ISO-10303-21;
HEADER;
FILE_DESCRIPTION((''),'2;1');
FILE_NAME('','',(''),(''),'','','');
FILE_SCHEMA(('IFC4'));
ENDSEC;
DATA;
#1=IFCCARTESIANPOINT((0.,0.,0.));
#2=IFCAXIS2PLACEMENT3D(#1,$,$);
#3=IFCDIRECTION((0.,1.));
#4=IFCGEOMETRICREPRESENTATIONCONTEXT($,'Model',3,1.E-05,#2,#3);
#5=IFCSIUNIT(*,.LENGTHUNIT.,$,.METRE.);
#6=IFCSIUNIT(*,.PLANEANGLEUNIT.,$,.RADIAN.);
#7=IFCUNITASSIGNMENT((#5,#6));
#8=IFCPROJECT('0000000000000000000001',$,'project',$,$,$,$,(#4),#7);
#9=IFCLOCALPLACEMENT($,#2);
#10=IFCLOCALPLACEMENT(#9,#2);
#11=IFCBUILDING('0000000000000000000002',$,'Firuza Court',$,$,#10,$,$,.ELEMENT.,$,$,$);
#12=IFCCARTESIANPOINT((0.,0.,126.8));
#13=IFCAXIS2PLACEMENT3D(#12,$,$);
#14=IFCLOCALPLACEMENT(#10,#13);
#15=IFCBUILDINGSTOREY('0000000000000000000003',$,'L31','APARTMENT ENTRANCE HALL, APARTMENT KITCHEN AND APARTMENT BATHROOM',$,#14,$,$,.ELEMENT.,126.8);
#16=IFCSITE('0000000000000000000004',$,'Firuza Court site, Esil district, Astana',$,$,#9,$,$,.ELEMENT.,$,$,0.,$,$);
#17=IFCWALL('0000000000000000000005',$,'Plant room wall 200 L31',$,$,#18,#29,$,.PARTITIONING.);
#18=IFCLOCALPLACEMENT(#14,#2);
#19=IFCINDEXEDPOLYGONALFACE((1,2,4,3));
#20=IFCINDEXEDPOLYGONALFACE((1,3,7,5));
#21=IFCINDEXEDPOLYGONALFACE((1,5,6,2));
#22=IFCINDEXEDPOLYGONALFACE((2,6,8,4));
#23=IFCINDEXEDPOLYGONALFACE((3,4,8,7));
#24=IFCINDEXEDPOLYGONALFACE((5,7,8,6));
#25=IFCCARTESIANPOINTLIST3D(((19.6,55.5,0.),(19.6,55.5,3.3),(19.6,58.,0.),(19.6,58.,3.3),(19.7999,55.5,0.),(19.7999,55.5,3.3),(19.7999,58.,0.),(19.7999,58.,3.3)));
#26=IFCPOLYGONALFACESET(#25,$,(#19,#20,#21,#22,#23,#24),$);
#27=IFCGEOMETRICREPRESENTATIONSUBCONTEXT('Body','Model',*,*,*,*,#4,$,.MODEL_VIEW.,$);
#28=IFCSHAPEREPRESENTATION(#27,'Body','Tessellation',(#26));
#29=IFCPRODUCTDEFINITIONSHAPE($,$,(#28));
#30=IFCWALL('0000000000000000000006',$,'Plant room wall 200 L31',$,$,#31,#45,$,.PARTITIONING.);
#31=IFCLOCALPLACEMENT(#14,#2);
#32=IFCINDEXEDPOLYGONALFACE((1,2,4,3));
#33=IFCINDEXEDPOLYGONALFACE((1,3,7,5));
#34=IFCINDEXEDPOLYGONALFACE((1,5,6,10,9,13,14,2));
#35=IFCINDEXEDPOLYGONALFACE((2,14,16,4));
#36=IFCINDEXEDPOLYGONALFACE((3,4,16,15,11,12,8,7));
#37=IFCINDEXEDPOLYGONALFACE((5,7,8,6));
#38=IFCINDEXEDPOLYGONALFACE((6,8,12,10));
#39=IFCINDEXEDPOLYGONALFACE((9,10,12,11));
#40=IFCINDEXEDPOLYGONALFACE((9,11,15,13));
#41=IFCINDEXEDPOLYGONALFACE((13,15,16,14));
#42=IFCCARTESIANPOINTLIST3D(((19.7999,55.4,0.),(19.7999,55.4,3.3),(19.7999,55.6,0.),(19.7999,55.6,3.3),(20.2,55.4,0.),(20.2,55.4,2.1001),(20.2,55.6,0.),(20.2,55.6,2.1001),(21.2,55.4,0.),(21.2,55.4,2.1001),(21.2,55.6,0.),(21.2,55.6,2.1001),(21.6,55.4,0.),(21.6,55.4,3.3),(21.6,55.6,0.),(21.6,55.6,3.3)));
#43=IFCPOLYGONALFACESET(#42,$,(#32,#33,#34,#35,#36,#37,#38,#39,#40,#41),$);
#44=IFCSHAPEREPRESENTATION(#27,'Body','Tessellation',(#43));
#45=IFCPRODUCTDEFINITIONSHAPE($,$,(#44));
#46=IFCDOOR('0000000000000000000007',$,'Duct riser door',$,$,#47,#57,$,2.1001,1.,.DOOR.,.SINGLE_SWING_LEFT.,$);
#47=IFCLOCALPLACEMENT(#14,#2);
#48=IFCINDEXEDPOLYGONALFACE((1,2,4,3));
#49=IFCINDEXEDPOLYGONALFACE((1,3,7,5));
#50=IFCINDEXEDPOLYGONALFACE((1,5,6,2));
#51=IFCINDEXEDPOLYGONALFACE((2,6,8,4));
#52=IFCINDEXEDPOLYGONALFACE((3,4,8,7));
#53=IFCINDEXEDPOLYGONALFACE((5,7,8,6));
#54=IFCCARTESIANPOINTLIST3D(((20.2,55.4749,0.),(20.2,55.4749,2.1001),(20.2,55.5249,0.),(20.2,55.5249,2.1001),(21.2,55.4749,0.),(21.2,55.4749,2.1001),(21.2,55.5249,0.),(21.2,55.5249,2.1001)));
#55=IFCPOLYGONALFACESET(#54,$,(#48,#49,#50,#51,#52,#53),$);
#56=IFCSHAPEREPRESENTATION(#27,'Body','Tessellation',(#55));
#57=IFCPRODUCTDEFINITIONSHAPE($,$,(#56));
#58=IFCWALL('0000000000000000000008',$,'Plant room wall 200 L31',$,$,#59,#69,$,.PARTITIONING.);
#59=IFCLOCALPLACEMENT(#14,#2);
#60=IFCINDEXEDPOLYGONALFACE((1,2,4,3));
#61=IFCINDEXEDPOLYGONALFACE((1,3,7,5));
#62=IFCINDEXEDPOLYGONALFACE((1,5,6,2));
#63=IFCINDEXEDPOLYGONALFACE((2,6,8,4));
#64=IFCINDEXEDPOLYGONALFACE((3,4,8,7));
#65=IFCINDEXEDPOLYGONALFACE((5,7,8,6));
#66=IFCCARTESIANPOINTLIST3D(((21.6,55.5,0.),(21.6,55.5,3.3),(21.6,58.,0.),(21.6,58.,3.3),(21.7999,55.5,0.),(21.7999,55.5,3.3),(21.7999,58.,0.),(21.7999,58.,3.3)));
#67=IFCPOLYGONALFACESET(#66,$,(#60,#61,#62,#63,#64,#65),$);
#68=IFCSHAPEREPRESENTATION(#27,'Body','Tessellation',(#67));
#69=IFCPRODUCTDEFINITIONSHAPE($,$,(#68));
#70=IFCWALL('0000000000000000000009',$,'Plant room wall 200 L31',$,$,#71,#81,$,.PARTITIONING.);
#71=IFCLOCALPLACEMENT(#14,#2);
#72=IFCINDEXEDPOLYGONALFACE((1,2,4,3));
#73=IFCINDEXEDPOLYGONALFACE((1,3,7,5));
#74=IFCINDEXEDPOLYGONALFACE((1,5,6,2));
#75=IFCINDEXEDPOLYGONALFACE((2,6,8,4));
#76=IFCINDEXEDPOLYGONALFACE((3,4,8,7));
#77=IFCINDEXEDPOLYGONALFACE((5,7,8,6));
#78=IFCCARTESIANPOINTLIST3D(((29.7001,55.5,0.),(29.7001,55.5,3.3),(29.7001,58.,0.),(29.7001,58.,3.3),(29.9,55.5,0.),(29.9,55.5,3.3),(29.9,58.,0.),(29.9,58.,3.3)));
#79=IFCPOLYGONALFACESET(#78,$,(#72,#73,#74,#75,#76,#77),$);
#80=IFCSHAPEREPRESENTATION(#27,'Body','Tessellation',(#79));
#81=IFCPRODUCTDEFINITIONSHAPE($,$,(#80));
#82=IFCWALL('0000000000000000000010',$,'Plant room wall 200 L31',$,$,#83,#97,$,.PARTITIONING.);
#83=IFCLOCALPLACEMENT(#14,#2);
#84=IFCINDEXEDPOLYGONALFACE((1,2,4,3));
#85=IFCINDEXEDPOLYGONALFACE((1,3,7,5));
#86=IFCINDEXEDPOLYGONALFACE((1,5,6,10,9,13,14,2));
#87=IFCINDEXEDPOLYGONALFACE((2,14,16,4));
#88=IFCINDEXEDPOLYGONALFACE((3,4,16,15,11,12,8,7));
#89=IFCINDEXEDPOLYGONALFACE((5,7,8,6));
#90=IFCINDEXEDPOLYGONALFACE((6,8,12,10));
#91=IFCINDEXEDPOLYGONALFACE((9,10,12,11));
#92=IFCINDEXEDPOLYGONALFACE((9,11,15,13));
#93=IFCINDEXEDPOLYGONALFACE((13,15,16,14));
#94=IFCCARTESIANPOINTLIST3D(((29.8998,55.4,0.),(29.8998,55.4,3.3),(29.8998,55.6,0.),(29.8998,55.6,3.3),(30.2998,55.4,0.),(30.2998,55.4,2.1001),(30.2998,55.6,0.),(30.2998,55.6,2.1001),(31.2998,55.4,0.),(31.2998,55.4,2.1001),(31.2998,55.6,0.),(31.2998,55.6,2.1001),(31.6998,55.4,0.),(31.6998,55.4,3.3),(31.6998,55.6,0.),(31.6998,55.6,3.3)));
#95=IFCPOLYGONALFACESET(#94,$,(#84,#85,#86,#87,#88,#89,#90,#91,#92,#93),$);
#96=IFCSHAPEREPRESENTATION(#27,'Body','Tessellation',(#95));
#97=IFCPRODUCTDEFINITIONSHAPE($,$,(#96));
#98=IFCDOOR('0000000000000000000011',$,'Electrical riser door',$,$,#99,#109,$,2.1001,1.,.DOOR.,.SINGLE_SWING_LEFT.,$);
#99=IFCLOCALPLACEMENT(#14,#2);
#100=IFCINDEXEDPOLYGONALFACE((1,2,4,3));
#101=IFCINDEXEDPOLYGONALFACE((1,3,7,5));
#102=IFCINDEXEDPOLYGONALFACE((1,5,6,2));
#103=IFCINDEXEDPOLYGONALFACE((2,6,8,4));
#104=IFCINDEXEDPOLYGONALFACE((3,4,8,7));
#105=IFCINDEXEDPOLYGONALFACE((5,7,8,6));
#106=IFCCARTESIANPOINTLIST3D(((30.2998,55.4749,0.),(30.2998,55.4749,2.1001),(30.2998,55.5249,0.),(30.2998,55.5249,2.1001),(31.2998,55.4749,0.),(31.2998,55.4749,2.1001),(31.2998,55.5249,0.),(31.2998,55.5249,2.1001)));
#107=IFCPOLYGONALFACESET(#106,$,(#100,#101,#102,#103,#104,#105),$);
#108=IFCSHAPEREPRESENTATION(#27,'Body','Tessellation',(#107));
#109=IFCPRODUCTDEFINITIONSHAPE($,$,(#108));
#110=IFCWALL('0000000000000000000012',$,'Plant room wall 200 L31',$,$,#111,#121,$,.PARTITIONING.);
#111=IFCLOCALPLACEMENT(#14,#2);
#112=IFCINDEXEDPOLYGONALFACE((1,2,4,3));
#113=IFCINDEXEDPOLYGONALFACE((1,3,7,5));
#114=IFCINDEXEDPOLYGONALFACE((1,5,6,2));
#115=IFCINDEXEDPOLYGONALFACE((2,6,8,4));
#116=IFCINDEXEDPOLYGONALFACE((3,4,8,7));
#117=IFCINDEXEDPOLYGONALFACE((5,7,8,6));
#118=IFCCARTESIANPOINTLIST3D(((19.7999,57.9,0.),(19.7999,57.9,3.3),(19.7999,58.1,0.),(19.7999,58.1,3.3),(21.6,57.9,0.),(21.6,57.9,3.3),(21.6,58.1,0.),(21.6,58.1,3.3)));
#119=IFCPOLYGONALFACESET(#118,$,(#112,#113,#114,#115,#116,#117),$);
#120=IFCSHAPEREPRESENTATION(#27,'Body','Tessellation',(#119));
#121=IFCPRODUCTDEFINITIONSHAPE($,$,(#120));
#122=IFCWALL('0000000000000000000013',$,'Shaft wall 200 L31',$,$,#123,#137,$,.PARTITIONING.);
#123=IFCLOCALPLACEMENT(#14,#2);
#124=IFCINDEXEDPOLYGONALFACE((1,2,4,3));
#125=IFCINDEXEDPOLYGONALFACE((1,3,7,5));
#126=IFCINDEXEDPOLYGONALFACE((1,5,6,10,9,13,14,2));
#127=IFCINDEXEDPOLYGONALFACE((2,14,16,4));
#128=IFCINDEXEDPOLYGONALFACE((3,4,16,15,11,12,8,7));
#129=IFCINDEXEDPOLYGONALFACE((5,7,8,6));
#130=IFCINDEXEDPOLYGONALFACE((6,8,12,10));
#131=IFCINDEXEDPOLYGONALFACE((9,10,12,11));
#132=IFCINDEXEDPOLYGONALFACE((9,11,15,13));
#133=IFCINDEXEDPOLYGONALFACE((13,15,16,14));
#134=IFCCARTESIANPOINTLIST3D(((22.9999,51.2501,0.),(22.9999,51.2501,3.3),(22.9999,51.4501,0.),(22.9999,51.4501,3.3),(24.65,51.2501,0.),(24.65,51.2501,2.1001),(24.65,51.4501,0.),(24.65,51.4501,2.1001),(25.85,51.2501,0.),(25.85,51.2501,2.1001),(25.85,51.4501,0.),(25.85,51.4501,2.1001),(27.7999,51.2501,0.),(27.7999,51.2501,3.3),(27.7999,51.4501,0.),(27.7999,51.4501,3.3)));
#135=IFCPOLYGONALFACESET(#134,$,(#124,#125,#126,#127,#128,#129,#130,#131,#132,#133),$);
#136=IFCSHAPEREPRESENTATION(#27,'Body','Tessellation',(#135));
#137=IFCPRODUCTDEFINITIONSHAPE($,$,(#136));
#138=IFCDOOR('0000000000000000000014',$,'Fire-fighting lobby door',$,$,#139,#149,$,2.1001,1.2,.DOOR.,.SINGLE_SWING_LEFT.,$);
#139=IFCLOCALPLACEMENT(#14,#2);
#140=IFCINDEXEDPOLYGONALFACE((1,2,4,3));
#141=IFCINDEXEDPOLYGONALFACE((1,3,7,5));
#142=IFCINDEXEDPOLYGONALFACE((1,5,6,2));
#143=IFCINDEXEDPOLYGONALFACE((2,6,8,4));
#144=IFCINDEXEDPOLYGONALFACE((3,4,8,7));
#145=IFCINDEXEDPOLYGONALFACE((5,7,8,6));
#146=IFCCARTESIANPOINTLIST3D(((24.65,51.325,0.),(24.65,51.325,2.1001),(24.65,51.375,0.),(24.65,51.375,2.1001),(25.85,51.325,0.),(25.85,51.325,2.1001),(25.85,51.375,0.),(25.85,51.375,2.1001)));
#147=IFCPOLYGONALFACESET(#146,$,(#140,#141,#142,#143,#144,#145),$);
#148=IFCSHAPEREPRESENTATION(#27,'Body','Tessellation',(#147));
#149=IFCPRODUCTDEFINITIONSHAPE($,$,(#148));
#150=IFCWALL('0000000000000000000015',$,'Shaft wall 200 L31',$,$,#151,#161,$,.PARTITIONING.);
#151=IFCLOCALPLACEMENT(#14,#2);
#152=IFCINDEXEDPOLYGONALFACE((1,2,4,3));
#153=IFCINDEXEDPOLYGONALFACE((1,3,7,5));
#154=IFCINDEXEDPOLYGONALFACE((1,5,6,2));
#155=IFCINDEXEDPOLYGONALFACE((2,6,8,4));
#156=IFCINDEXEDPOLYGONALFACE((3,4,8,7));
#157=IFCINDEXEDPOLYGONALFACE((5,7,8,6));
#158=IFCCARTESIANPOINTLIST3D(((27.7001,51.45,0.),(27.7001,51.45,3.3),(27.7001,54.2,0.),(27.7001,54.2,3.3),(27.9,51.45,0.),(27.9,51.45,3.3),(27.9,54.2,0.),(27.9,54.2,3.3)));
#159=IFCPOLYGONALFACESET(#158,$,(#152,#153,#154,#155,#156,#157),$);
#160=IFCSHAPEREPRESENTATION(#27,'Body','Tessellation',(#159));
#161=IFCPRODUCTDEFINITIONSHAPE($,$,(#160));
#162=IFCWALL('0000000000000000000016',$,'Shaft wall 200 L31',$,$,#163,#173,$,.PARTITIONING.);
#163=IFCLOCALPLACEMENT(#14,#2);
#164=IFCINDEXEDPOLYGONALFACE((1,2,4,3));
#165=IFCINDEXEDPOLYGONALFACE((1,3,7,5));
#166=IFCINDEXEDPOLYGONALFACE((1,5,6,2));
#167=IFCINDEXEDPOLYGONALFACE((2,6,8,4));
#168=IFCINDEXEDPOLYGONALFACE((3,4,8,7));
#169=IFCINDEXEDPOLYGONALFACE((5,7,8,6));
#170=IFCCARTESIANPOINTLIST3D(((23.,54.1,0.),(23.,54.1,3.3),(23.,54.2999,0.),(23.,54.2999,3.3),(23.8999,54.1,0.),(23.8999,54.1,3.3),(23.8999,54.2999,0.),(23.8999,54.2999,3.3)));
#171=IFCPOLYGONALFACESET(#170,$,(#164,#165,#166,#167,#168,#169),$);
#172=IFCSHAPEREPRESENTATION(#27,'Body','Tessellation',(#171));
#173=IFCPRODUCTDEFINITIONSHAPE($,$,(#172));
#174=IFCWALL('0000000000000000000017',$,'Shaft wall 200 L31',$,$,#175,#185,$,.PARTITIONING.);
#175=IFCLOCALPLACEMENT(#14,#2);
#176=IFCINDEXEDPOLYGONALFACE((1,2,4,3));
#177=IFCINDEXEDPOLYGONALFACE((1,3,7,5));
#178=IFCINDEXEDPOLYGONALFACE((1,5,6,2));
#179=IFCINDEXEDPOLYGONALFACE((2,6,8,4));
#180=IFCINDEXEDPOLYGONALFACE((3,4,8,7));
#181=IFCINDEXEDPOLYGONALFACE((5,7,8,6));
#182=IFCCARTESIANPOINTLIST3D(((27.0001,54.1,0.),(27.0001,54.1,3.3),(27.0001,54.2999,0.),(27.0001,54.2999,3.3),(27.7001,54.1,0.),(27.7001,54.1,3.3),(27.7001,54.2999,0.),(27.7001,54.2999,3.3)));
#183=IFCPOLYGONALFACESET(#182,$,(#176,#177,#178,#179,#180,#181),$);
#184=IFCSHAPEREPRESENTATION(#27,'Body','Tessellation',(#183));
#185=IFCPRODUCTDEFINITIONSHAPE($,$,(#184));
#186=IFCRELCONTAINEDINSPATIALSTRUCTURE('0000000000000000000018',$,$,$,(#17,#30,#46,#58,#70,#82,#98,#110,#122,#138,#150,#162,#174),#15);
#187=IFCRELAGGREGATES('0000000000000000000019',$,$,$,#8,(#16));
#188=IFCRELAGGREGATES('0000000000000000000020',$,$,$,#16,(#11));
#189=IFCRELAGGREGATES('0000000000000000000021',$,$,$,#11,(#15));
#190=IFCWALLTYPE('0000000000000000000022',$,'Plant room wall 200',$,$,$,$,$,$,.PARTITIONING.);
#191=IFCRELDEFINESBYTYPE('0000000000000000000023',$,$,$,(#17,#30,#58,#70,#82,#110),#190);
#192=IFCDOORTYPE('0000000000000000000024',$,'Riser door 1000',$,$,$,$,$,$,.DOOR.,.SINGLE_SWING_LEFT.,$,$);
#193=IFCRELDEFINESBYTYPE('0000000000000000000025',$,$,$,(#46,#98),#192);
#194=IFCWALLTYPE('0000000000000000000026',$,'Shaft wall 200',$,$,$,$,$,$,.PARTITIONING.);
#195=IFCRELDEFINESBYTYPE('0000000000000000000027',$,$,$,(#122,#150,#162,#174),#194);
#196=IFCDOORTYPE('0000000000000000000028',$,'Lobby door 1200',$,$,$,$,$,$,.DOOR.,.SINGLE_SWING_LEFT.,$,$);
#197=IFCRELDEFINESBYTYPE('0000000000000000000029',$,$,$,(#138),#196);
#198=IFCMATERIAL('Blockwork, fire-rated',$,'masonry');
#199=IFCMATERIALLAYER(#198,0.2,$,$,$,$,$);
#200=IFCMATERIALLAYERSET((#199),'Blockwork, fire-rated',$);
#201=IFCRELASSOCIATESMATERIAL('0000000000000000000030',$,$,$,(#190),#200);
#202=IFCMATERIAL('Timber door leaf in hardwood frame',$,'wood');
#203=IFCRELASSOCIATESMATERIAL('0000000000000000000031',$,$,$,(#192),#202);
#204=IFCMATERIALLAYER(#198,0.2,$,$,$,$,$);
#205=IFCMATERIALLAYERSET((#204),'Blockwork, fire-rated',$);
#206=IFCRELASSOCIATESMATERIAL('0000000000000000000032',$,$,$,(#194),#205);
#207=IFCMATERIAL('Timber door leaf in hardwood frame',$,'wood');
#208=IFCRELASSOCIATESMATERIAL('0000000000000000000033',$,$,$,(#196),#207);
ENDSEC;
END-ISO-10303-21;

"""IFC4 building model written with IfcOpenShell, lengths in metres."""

from ifc_helpers import new_model, si_unit, direction, frame, frame_2d, origin, place, context, subcontext, project, spatial, rectangle, extrude, material, layer, layer_set, type_object, element, fill, save


model = new_model("IFC4")

# Units and contexts
model_context = context("Model", 3, precision=1e-05, world=origin(), true_north=direction((0.0, 1.0)))
body_context = subcontext(model_context, "Body", "Model", "MODEL_VIEW")
ifc_project = project(units=[si_unit("LENGTHUNIT", "METRE"), si_unit("PLANEANGLEUNIT", "RADIAN")], contexts=[model_context])

# Site, building, storey
site_placement = place(None, origin())
site = spatial("IfcSite", under=ifc_project, at=site_placement, Name="Firuza Court site, Esil district, Astana", CompositionType="ELEMENT", RefElevation=0.0)
building_placement = place(site_placement, origin())
building = spatial("IfcBuilding", under=site, at=building_placement, Name="Firuza Court", CompositionType="ELEMENT")
storey_placement = place(building_placement, frame((0.0, 0.0, 126.8)))
storey = spatial("IfcBuildingStorey", under=building, at=storey_placement, Name="L31", Description="APARTMENT ENTRANCE HALL, APARTMENT KITCHEN AND APARTMENT BATHROOM", CompositionType="ELEMENT", Elevation=126.8)

# Wall
ifc_material_1 = material(Name="Blockwork, fire-rated", Category="masonry")
ifc_layer_1 = layer(ifc_material_1, 0.2)
ifc_layer_set_1 = layer_set([ifc_layer_1], Name="Blockwork, fire-rated")
wall_type_1 = type_object("IfcWallType", Name="Plant room wall 200", PredefinedType="PARTITIONING", material=ifc_layer_set_1)
wall_1_placement = place(storey_placement, frame((19.7, 55.5, 0.0), z_axis=(0.0, 0.0, 1.0), x_axis=(0.0, 1.0, 0.0)))
element("IfcWall", 1, at=wall_1_placement, inside=storey, type_object=wall_type_1, Name="Plant room wall 200 L31", PredefinedType="PARTITIONING", context=body_context, shape_type="SweptSolid", body=[
    extrude(rectangle(XDim=2.5, YDim=0.2, at=frame_2d((1.25, 0.0))), origin(), (0.0, 0.0, 1.0), 3.3),
])

# Wall, opening, door
wall_2_placement = place(storey_placement, frame((19.8, 55.5, 0.0), z_axis=(0.0, 0.0, 1.0), x_axis=(1.0, 0.0, 0.0)))
wall_2 = element("IfcWall", 2, at=wall_2_placement, inside=storey, type_object=wall_type_1, Name="Plant room wall 200 L31", PredefinedType="PARTITIONING", context=body_context, shape_type="SweptSolid", body=[
    extrude(rectangle(XDim=1.8, YDim=0.2, at=frame_2d((0.8999, 0.0))), origin(), (0.0, 0.0, 1.0), 3.3),
])
opening_1_placement = place(wall_2_placement, frame((0.3999, 0.0, 0.0)))
opening_1 = element("IfcOpeningElement", 3, at=opening_1_placement, cuts=wall_2, PredefinedType="OPENING", context=body_context, shape_type="SweptSolid", body=[
    extrude(rectangle(XDim=1.0, YDim=2.1001, at=frame_2d((0.5, 1.05))), frame((0.0, 0.1118, 0.0), z_axis=(0.0, -1.0, 0.0), x_axis=(1.0, 0.0, 0.0)), (0.0, 0.0, 1.0), 0.2239),
])
ifc_material_2 = material(Name="Timber door leaf in hardwood frame", Category="wood")
door_type_1 = type_object("IfcDoorType", Name="Riser door 1000", OperationType="SINGLE_SWING_LEFT", PredefinedType="DOOR", material=ifc_material_2)
door_1_placement = place(opening_1_placement, origin())
door_1 = element("IfcDoor", 4, at=door_1_placement, inside=storey, type_object=door_type_1, Name="Duct riser door", OperationType="SINGLE_SWING_LEFT", OverallHeight=2.1001, OverallWidth=1.0, PredefinedType="DOOR", context=body_context, shape_type="SweptSolid", body=[
    extrude(rectangle(XDim=1.0, YDim=2.1001, at=frame_2d((0.5, 1.05))), frame((0.0, 0.0249, 0.0), z_axis=(0.0, -1.0, 0.0), x_axis=(1.0, 0.0, 0.0)), (0.0, 0.0, 1.0), 0.05),
])
fill(opening_1, door_1)

# Walls
for number, where, z_axis, x_axis, name in (
    (5, (21.7, 55.5, 0.0), (0.0, 0.0, 1.0), (0.0, 1.0, 0.0), "Plant room wall 200 L31"),
    (6, (29.8, 55.5, 0.0), (0.0, 0.0, 1.0), (0.0, 1.0, 0.0), "Plant room wall 200 L31"),
):
    element("IfcWall", number, at=place(storey_placement, frame(where, z_axis=z_axis, x_axis=x_axis)), inside=storey, type_object=wall_type_1, Name=name, PredefinedType="PARTITIONING", context=body_context, shape_type="SweptSolid", body=[
        extrude(rectangle(XDim=2.5, YDim=0.2, at=frame_2d((1.25, 0.0))), origin(), (0.0, 0.0, 1.0), 3.3),
    ])

# Wall, opening, door
wall_3_placement = place(storey_placement, frame((29.8999, 55.5, 0.0), z_axis=(0.0, 0.0, 1.0), x_axis=(1.0, 0.0, 0.0)))
wall_3 = element("IfcWall", 7, at=wall_3_placement, inside=storey, type_object=wall_type_1, Name="Plant room wall 200 L31", PredefinedType="PARTITIONING", context=body_context, shape_type="SweptSolid", body=[
    extrude(rectangle(XDim=1.8, YDim=0.2, at=frame_2d((0.8999, 0.0))), origin(), (0.0, 0.0, 1.0), 3.3),
])
opening_2_placement = place(wall_3_placement, frame((0.3999, 0.0, 0.0)))
opening_2 = element("IfcOpeningElement", 8, at=opening_2_placement, cuts=wall_3, PredefinedType="OPENING", context=body_context, shape_type="SweptSolid", body=[
    extrude(rectangle(XDim=1.0, YDim=2.1001, at=frame_2d((0.5, 1.05))), frame((0.0, 0.1118, 0.0), z_axis=(0.0, -1.0, 0.0), x_axis=(1.0, 0.0, 0.0)), (0.0, 0.0, 1.0), 0.2239),
])
door_2_placement = place(opening_2_placement, origin())
door_2 = element("IfcDoor", 9, at=door_2_placement, inside=storey, type_object=door_type_1, Name="Electrical riser door", OperationType="SINGLE_SWING_LEFT", OverallHeight=2.1001, OverallWidth=1.0, PredefinedType="DOOR", context=body_context, shape_type="SweptSolid", body=[
    extrude(rectangle(XDim=1.0, YDim=2.1001, at=frame_2d((0.5, 1.05))), frame((0.0, 0.0249, 0.0), z_axis=(0.0, -1.0, 0.0), x_axis=(1.0, 0.0, 0.0)), (0.0, 0.0, 1.0), 0.05),
])
fill(opening_2, door_2)

# Wall
wall_4_placement = place(storey_placement, frame((19.8, 58.0, 0.0), z_axis=(0.0, 0.0, 1.0), x_axis=(1.0, 0.0, 0.0)))
element("IfcWall", 10, at=wall_4_placement, inside=storey, type_object=wall_type_1, Name="Plant room wall 200 L31", PredefinedType="PARTITIONING", context=body_context, shape_type="SweptSolid", body=[
    extrude(rectangle(XDim=1.8, YDim=0.2, at=frame_2d((0.8999, 0.0))), origin(), (0.0, 0.0, 1.0), 3.3),
])

# Wall, opening, door
ifc_layer_2 = layer(ifc_material_1, 0.2)
ifc_layer_set_2 = layer_set([ifc_layer_2], Name="Blockwork, fire-rated")
wall_type_2 = type_object("IfcWallType", Name="Shaft wall 200", PredefinedType="PARTITIONING", material=ifc_layer_set_2)
wall_5_placement = place(storey_placement, frame((23.0, 51.3501, 0.0), z_axis=(0.0, 0.0, 1.0), x_axis=(1.0, 0.0, 0.0)))
wall_5 = element("IfcWall", 11, at=wall_5_placement, inside=storey, type_object=wall_type_2, Name="Shaft wall 200 L31", PredefinedType="PARTITIONING", context=body_context, shape_type="SweptSolid", body=[
    extrude(rectangle(XDim=4.8, YDim=0.2, at=frame_2d((2.3999, 0.0))), origin(), (0.0, 0.0, 1.0), 3.3),
])
opening_3_placement = place(wall_5_placement, frame((1.6499, 0.0, 0.0)))
opening_3 = element("IfcOpeningElement", 12, at=opening_3_placement, cuts=wall_5, PredefinedType="OPENING", context=body_context, shape_type="SweptSolid", body=[
    extrude(rectangle(XDim=1.2, YDim=2.1001, at=frame_2d((0.6001, 1.05))), frame((0.0, 0.1118, 0.0), z_axis=(0.0, -1.0, 0.0), x_axis=(1.0, 0.0, 0.0)), (0.0, 0.0, 1.0), 0.2239),
])
ifc_material_3 = material(Name="Timber door leaf in hardwood frame", Category="wood")
door_type_2 = type_object("IfcDoorType", Name="Lobby door 1200", OperationType="SINGLE_SWING_LEFT", PredefinedType="DOOR", material=ifc_material_3)
door_3_placement = place(opening_3_placement, origin())
door_3 = element("IfcDoor", 13, at=door_3_placement, inside=storey, type_object=door_type_2, Name="Fire-fighting lobby door", OperationType="SINGLE_SWING_LEFT", OverallHeight=2.1001, OverallWidth=1.2, PredefinedType="DOOR", context=body_context, shape_type="SweptSolid", body=[
    extrude(rectangle(XDim=1.2, YDim=2.1001, at=frame_2d((0.6001, 1.05))), frame((0.0, 0.0249, 0.0), z_axis=(0.0, -1.0, 0.0), x_axis=(1.0, 0.0, 0.0)), (0.0, 0.0, 1.0), 0.05),
])
fill(opening_3, door_3)

# Walls
wall_6_placement = place(storey_placement, frame((27.8, 51.45, 0.0), z_axis=(0.0, 0.0, 1.0), x_axis=(0.0, 1.0, 0.0)))
element("IfcWall", 14, at=wall_6_placement, inside=storey, type_object=wall_type_2, Name="Shaft wall 200 L31", PredefinedType="PARTITIONING", context=body_context, shape_type="SweptSolid", body=[
    extrude(rectangle(XDim=2.75, YDim=0.2, at=frame_2d((1.375, 0.0))), origin(), (0.0, 0.0, 1.0), 3.3),
])
wall_7_placement = place(storey_placement, frame((23.0, 54.2, 0.0), z_axis=(0.0, 0.0, 1.0), x_axis=(1.0, 0.0, 0.0)))
element("IfcWall", 15, at=wall_7_placement, inside=storey, type_object=wall_type_2, Name="Shaft wall 200 L31", PredefinedType="PARTITIONING", context=body_context, shape_type="SweptSolid", body=[
    extrude(rectangle(XDim=0.8999, YDim=0.2, at=frame_2d((0.45, 0.0))), origin(), (0.0, 0.0, 1.0), 3.3),
])
wall_8_placement = place(storey_placement, frame((27.0, 54.2, 0.0), z_axis=(0.0, 0.0, 1.0), x_axis=(1.0, 0.0, 0.0)))
element("IfcWall", 16, at=wall_8_placement, inside=storey, type_object=wall_type_2, Name="Shaft wall 200 L31", PredefinedType="PARTITIONING", context=body_context, shape_type="SweptSolid", body=[
    extrude(rectangle(XDim=0.7, YDim=0.2, at=frame_2d((0.3501, 0.0))), origin(), (0.0, 0.0, 1.0), 3.3),
])

save(model, "model.ifc")
